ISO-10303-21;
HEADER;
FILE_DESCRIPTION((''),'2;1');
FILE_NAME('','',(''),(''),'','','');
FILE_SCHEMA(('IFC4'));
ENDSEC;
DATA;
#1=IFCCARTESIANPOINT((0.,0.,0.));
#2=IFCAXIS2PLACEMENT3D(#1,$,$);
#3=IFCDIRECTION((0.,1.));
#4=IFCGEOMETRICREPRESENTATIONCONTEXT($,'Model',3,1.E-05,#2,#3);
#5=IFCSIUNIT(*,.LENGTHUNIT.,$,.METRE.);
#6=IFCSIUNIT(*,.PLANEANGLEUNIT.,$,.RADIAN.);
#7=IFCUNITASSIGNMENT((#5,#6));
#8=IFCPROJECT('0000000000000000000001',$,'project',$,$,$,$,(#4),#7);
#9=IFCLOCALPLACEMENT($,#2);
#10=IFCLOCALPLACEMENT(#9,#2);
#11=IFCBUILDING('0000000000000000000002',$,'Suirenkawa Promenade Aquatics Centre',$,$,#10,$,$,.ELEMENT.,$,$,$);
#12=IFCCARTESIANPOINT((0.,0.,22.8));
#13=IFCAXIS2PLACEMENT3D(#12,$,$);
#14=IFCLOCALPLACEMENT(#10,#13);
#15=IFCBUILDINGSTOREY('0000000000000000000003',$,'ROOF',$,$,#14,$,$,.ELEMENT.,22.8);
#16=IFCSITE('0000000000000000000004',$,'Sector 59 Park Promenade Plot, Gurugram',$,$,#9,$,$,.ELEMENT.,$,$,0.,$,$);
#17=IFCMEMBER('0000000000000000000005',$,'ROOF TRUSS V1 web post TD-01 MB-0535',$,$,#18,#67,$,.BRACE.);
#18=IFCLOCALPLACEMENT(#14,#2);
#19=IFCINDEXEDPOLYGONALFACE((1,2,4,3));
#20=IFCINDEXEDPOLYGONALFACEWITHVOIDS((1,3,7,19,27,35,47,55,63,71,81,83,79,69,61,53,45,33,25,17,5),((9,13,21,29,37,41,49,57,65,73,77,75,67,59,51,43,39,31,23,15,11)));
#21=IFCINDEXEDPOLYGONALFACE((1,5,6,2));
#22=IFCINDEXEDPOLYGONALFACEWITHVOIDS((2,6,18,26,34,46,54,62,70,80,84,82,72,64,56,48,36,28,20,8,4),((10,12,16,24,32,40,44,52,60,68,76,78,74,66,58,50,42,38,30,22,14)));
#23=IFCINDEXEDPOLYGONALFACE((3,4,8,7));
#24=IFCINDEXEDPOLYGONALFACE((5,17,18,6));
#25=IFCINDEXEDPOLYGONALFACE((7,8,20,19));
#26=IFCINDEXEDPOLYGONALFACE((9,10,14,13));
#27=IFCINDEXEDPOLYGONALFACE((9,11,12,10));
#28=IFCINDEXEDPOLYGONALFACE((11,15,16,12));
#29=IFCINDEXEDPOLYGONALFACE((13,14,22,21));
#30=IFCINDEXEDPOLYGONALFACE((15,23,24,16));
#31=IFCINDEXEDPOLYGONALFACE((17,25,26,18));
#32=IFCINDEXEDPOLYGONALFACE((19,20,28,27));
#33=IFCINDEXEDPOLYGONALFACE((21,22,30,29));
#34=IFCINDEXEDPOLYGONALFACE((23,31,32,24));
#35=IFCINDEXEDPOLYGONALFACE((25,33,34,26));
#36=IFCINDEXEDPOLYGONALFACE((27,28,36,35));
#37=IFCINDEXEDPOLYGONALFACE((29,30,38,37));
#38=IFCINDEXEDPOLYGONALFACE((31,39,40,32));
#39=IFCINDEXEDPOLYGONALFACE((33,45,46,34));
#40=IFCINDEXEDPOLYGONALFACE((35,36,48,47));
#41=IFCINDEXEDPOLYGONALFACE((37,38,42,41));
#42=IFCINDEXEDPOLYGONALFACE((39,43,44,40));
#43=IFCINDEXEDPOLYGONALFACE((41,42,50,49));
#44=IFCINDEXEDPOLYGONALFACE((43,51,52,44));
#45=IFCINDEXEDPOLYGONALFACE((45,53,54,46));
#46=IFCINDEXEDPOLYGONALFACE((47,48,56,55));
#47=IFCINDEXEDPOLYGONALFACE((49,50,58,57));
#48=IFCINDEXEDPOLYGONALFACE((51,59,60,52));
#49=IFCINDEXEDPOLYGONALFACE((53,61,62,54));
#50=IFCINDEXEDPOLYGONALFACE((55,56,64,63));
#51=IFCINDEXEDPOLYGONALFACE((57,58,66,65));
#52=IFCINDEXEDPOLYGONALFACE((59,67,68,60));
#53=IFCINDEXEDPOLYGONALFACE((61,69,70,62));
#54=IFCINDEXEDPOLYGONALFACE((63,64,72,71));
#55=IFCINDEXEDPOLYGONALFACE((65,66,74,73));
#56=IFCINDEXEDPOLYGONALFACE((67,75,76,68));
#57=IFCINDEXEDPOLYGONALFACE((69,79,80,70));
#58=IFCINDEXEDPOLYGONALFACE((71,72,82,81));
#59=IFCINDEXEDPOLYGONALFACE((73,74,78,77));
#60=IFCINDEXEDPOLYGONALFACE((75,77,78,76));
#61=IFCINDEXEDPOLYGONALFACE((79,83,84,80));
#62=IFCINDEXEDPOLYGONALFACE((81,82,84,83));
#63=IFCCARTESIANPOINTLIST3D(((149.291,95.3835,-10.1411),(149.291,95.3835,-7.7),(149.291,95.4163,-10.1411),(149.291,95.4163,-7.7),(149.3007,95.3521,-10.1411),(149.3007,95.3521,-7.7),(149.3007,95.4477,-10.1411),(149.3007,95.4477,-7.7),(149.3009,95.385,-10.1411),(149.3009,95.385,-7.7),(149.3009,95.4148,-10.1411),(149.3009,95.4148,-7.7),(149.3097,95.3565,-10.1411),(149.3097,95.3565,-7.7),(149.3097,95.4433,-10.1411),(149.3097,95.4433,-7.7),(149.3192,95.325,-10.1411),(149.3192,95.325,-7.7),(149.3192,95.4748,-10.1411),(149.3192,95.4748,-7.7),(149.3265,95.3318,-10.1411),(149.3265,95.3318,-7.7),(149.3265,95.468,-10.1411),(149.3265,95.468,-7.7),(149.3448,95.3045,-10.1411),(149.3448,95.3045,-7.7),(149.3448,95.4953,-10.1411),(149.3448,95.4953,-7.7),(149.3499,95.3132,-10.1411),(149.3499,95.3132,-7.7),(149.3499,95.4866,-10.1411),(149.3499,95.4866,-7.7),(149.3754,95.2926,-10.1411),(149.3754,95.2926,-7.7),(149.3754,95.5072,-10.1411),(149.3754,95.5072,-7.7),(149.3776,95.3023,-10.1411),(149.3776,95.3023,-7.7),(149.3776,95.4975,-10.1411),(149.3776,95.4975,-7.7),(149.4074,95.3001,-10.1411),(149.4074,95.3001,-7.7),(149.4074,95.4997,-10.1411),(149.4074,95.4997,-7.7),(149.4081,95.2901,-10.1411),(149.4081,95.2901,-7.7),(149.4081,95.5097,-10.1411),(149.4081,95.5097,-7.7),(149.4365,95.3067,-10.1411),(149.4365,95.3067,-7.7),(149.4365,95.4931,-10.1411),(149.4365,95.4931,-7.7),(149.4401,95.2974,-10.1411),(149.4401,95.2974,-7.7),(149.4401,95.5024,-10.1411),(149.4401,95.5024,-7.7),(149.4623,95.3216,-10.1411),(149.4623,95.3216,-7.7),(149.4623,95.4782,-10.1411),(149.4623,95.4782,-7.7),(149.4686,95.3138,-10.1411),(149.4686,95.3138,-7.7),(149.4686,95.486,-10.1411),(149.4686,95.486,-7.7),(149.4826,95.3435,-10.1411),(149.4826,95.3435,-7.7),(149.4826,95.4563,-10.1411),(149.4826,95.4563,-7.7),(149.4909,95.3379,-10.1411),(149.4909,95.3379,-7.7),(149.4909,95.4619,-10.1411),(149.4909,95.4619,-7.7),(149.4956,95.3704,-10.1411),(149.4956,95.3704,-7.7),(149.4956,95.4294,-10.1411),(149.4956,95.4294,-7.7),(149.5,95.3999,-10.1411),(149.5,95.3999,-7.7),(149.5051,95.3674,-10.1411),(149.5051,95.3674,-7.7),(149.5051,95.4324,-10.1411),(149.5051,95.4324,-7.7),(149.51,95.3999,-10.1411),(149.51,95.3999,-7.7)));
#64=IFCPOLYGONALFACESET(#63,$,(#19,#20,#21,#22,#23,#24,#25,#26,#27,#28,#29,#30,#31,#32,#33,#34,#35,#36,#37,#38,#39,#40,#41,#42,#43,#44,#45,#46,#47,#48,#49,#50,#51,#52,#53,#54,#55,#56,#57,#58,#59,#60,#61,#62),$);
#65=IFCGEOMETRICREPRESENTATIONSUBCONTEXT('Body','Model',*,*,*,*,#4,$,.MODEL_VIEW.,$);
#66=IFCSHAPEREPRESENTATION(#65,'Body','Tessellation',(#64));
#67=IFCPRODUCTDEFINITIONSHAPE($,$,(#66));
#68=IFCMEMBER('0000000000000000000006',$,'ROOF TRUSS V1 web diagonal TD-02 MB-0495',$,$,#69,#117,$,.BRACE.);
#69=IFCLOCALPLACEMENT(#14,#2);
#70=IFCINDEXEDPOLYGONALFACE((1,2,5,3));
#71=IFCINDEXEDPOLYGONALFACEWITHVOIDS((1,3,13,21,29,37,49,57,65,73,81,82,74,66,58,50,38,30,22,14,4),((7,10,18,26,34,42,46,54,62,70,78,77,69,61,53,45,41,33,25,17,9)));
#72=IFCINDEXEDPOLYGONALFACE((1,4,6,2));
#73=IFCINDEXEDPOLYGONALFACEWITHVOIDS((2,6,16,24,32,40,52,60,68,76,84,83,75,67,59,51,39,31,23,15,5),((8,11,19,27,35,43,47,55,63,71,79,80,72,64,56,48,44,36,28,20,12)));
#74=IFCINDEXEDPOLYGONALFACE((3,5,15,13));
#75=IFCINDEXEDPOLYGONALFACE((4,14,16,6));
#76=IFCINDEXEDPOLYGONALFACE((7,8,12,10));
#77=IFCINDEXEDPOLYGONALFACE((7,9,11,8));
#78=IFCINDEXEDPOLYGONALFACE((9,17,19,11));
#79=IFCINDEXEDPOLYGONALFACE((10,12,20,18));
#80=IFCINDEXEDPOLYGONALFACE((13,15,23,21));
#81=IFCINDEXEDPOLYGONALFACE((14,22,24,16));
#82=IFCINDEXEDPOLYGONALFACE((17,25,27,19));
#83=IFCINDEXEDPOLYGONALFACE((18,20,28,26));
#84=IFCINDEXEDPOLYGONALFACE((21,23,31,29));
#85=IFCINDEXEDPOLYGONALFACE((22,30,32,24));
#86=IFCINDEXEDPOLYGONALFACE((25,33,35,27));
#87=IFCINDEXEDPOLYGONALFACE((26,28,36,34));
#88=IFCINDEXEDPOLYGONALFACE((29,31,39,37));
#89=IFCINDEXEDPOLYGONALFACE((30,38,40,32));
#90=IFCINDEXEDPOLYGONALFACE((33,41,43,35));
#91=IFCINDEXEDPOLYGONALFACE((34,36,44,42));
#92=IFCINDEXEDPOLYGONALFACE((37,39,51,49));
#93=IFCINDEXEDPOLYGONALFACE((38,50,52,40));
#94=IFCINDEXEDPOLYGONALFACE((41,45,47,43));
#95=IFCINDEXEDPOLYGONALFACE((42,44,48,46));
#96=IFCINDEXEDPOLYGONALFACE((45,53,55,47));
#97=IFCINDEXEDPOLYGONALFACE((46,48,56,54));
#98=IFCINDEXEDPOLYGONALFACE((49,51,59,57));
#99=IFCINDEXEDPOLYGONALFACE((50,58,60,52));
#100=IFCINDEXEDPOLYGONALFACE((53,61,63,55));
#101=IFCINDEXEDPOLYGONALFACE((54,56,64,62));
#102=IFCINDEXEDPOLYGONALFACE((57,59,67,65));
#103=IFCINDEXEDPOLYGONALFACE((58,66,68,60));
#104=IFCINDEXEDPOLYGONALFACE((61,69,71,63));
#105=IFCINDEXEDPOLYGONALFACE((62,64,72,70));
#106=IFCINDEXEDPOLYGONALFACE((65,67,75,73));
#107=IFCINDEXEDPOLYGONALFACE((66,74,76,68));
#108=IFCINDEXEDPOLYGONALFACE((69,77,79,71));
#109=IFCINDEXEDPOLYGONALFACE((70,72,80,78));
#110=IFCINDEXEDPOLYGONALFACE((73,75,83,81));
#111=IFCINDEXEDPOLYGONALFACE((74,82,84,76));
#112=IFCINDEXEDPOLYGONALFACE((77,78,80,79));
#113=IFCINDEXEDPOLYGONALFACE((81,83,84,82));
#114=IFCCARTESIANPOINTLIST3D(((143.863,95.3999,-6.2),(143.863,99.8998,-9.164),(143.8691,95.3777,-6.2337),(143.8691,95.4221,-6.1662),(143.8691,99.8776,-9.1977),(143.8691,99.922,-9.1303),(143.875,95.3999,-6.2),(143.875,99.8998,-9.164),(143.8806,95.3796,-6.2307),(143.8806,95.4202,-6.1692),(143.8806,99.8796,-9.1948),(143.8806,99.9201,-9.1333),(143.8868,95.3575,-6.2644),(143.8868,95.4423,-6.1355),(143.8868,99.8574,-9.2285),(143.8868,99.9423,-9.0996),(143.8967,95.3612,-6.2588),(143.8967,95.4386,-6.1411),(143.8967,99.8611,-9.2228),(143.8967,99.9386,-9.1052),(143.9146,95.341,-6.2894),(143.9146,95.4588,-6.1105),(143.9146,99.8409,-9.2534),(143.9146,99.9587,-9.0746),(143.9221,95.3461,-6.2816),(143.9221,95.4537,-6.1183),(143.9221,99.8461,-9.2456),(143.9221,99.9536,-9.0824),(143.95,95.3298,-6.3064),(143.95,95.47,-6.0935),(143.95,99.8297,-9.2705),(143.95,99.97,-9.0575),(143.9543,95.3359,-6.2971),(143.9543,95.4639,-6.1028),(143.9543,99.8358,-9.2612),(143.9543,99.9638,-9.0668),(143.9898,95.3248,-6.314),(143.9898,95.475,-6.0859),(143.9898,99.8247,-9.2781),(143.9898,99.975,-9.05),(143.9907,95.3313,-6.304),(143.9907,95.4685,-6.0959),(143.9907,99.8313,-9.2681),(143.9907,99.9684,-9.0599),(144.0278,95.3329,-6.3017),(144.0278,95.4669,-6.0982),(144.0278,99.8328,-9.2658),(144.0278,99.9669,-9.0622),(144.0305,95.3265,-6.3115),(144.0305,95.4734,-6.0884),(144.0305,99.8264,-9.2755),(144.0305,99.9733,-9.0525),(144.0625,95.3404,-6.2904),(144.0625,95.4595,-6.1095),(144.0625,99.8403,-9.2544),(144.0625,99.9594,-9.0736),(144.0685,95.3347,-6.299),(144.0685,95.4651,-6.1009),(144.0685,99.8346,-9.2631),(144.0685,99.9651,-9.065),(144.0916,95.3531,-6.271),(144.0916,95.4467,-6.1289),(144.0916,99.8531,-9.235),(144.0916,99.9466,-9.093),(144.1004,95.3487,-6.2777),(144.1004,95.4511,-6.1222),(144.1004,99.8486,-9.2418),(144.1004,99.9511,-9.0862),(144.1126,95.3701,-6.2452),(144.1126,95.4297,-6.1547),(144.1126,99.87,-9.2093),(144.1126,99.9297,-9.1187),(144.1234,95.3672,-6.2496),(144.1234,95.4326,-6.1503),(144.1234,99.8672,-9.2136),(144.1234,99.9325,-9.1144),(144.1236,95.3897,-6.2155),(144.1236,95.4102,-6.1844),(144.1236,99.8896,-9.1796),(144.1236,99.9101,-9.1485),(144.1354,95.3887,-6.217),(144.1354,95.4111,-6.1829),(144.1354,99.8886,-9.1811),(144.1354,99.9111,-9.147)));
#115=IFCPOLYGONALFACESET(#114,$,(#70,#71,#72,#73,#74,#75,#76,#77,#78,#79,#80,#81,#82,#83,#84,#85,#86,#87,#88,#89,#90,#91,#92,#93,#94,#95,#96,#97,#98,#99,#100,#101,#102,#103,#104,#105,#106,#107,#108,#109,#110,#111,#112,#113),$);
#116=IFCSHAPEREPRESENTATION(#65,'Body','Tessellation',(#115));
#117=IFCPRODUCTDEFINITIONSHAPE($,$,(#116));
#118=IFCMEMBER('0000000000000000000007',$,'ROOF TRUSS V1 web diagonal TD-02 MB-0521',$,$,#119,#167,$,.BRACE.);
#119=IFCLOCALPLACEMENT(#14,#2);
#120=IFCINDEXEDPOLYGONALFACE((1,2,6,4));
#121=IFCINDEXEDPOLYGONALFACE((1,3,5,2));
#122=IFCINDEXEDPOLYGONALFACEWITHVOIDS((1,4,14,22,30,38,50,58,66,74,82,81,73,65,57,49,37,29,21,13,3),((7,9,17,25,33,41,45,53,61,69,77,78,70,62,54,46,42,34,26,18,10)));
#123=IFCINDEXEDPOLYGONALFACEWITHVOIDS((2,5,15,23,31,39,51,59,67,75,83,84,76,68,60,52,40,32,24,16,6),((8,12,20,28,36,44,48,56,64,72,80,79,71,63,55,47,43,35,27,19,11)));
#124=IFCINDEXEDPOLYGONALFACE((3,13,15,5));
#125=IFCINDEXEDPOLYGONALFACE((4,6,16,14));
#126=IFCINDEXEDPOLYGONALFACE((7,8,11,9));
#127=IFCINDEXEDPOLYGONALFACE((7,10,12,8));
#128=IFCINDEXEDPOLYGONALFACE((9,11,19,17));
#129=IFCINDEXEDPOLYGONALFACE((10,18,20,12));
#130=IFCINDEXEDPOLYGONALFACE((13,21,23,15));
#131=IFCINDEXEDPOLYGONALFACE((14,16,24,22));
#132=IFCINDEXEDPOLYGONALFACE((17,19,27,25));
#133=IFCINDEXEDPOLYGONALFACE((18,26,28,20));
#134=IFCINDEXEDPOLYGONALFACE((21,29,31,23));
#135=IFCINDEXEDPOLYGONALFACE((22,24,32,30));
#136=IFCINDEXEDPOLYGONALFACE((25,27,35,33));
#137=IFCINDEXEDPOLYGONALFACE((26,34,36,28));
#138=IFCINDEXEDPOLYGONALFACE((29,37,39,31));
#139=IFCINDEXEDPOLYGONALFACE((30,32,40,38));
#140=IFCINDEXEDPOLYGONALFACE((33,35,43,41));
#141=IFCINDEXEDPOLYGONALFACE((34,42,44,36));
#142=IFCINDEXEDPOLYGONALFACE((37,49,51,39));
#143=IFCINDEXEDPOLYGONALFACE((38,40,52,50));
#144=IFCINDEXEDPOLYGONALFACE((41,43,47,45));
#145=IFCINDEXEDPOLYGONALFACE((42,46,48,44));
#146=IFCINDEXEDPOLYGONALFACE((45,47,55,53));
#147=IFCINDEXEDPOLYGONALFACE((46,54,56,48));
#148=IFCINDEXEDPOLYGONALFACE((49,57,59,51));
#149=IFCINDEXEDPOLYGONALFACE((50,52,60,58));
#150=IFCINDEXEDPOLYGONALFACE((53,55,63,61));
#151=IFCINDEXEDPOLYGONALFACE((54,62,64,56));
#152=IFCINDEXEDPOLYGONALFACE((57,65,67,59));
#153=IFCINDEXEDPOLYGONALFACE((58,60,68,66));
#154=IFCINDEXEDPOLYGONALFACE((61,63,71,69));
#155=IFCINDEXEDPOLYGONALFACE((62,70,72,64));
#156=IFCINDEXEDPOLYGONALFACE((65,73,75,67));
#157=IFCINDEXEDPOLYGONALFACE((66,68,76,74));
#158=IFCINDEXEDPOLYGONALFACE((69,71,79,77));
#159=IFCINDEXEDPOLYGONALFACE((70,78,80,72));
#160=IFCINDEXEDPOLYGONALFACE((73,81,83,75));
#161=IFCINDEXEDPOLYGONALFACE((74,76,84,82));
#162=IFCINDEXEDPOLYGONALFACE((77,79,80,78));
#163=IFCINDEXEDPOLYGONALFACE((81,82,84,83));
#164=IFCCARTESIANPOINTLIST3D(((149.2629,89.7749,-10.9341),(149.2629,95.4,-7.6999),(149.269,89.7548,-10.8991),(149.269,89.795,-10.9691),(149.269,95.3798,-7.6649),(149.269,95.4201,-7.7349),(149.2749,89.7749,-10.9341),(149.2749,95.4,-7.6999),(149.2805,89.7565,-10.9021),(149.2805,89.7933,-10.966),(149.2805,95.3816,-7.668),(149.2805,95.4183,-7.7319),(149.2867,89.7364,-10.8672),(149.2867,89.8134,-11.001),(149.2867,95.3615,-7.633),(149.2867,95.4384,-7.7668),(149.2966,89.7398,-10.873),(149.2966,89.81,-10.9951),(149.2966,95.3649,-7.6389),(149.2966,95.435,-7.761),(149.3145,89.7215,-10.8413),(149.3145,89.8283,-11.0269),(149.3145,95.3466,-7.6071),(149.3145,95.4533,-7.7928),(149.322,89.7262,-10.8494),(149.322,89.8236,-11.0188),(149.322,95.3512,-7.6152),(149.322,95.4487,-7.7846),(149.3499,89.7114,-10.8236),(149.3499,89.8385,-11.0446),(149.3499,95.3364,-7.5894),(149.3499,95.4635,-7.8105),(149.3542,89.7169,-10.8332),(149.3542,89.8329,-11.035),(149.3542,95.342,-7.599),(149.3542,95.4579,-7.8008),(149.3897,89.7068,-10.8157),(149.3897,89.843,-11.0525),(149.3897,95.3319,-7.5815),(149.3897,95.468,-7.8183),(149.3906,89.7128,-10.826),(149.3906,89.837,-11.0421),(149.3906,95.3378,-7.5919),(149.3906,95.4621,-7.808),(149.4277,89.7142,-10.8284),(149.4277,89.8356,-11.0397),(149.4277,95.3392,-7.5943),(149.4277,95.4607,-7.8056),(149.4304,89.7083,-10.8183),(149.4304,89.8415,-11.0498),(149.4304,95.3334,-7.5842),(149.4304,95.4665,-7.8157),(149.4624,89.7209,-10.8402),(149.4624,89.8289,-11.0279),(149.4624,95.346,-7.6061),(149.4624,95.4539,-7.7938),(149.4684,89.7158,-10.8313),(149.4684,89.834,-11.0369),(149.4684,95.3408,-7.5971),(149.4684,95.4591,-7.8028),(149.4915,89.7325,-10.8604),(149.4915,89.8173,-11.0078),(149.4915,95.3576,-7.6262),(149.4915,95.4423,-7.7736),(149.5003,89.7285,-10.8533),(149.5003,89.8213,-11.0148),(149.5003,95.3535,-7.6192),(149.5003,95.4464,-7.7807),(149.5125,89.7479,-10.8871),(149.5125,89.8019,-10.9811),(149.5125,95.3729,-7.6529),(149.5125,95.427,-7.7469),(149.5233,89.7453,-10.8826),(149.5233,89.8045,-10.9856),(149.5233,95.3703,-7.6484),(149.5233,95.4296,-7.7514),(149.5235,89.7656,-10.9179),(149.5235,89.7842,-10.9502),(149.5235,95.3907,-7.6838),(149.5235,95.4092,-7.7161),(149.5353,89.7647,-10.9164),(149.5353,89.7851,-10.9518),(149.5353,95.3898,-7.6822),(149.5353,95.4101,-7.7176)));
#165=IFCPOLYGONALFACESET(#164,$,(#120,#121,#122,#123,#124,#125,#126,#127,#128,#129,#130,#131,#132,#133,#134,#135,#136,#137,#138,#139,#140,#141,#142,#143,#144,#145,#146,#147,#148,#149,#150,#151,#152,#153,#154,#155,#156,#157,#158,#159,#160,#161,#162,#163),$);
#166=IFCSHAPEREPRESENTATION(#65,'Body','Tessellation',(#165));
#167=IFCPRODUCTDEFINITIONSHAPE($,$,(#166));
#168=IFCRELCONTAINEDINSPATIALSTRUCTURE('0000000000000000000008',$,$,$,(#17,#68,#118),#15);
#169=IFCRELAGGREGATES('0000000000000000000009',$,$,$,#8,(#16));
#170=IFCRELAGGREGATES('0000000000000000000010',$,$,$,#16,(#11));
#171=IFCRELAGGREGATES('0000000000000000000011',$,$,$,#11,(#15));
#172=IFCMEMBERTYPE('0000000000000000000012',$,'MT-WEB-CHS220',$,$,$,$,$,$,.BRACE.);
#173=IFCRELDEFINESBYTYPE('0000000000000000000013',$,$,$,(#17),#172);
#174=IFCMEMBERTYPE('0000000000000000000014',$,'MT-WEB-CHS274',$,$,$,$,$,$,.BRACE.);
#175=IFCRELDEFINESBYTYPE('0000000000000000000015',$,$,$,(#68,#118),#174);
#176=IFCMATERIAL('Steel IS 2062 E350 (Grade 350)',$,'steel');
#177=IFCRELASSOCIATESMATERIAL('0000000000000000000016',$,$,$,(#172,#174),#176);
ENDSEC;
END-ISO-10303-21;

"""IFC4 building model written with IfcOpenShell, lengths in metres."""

from ifc_helpers import new_model, si_unit, direction, frame, origin, origin_2d, place, context, subcontext, project, spatial, hollow_circle, extrude, material, material_profile, profile_set, type_object, element, save


model = new_model("IFC4")

# Units and contexts
model_context = context("Model", 3, precision=1e-05, world=origin(), true_north=direction((0.0, 1.0)))
body_context = subcontext(model_context, "Body", "Model", "MODEL_VIEW")
ifc_project = project(units=[si_unit("LENGTHUNIT", "METRE"), si_unit("PLANEANGLEUNIT", "RADIAN")], contexts=[model_context])

# Site, building, storey
site_placement = place(None, origin())
site = spatial("IfcSite", under=ifc_project, at=site_placement, Name="Sector 59 Park Promenade Plot, Gurugram", CompositionType="ELEMENT", RefElevation=0.0)
building_placement = place(site_placement, origin())
building = spatial("IfcBuilding", under=site, at=building_placement, Name="Suirenkawa Promenade Aquatics Centre", CompositionType="ELEMENT")
storey_placement = place(building_placement, frame((0.0, 0.0, 22.8)))
storey = spatial("IfcBuildingStorey", under=building, at=storey_placement, Name="ROOF", CompositionType="ELEMENT", Elevation=22.8)

# Shared definitions
ifc_material = material(Name="Steel IS 2062 E350 (Grade 350)", Category="steel")

# Members
ifc_material_profile_1 = material_profile(ifc_material, hollow_circle(Radius=0.1101, WallThickness=0.01, at=origin_2d()), Name="CHS 220x10", Category="steel")
ifc_profile_set_1 = profile_set([ifc_material_profile_1], Name="Steel IS 2062 E350 (Grade 350)")
member_type_1 = type_object("IfcMemberType", Name="MT-WEB-CHS220", PredefinedType="BRACE", material=ifc_profile_set_1)
member_1_placement = place(storey_placement, frame((149.3999, 95.3999, -10.1411), z_axis=(0.0, 0.0, 1.0), x_axis=(1.0, 0.0, 0.0)))
element("IfcMember", 1, at=member_1_placement, inside=storey, type_object=member_type_1, Name="ROOF TRUSS V1 web post TD-01 MB-0535", PredefinedType="BRACE", context=body_context, shape_type="SweptSolid", body=[
    extrude(hollow_circle(Radius=0.1101, WallThickness=0.01, at=origin_2d()), origin(), (0.0, 0.0, 1.0), 2.4412),
])
ifc_material_profile_2 = material_profile(ifc_material, hollow_circle(Radius=0.137, WallThickness=0.012, at=origin_2d()), Name="CHS 274x12", Category="steel")
ifc_profile_set_2 = profile_set([ifc_material_profile_2], Name="Steel IS 2062 E350 (Grade 350)")
member_type_2 = type_object("IfcMemberType", Name="MT-WEB-CHS274", PredefinedType="BRACE", material=ifc_profile_set_2)
member_2_placement = place(storey_placement, frame((144.0, 95.3999, -6.2), z_axis=(0.0, 0.835111, -0.550081), x_axis=(-1.0, 0.0, 0.0)))
element("IfcMember", 2, at=member_2_placement, inside=storey, type_object=member_type_2, Name="ROOF TRUSS V1 web diagonal TD-02 MB-0495", PredefinedType="BRACE", context=body_context, shape_type="SweptSolid", body=[
    extrude(hollow_circle(Radius=0.137, WallThickness=0.012, at=origin_2d()), origin(), (0.0, 0.0, 1.0), 5.3884),
])
member_3_placement = place(storey_placement, frame((149.3999, 89.7749, -10.9341), z_axis=(0.0, 0.866923, 0.498443), x_axis=(-1.0, 0.0, 0.0)))
element("IfcMember", 3, at=member_3_placement, inside=storey, type_object=member_type_2, Name="ROOF TRUSS V1 web diagonal TD-02 MB-0521", PredefinedType="BRACE", context=body_context, shape_type="SweptSolid", body=[
    extrude(hollow_circle(Radius=0.137, WallThickness=0.012, at=origin_2d()), origin(), (0.0, 0.0, 1.0), 6.4885),
])

save(model, "model.ifc")
